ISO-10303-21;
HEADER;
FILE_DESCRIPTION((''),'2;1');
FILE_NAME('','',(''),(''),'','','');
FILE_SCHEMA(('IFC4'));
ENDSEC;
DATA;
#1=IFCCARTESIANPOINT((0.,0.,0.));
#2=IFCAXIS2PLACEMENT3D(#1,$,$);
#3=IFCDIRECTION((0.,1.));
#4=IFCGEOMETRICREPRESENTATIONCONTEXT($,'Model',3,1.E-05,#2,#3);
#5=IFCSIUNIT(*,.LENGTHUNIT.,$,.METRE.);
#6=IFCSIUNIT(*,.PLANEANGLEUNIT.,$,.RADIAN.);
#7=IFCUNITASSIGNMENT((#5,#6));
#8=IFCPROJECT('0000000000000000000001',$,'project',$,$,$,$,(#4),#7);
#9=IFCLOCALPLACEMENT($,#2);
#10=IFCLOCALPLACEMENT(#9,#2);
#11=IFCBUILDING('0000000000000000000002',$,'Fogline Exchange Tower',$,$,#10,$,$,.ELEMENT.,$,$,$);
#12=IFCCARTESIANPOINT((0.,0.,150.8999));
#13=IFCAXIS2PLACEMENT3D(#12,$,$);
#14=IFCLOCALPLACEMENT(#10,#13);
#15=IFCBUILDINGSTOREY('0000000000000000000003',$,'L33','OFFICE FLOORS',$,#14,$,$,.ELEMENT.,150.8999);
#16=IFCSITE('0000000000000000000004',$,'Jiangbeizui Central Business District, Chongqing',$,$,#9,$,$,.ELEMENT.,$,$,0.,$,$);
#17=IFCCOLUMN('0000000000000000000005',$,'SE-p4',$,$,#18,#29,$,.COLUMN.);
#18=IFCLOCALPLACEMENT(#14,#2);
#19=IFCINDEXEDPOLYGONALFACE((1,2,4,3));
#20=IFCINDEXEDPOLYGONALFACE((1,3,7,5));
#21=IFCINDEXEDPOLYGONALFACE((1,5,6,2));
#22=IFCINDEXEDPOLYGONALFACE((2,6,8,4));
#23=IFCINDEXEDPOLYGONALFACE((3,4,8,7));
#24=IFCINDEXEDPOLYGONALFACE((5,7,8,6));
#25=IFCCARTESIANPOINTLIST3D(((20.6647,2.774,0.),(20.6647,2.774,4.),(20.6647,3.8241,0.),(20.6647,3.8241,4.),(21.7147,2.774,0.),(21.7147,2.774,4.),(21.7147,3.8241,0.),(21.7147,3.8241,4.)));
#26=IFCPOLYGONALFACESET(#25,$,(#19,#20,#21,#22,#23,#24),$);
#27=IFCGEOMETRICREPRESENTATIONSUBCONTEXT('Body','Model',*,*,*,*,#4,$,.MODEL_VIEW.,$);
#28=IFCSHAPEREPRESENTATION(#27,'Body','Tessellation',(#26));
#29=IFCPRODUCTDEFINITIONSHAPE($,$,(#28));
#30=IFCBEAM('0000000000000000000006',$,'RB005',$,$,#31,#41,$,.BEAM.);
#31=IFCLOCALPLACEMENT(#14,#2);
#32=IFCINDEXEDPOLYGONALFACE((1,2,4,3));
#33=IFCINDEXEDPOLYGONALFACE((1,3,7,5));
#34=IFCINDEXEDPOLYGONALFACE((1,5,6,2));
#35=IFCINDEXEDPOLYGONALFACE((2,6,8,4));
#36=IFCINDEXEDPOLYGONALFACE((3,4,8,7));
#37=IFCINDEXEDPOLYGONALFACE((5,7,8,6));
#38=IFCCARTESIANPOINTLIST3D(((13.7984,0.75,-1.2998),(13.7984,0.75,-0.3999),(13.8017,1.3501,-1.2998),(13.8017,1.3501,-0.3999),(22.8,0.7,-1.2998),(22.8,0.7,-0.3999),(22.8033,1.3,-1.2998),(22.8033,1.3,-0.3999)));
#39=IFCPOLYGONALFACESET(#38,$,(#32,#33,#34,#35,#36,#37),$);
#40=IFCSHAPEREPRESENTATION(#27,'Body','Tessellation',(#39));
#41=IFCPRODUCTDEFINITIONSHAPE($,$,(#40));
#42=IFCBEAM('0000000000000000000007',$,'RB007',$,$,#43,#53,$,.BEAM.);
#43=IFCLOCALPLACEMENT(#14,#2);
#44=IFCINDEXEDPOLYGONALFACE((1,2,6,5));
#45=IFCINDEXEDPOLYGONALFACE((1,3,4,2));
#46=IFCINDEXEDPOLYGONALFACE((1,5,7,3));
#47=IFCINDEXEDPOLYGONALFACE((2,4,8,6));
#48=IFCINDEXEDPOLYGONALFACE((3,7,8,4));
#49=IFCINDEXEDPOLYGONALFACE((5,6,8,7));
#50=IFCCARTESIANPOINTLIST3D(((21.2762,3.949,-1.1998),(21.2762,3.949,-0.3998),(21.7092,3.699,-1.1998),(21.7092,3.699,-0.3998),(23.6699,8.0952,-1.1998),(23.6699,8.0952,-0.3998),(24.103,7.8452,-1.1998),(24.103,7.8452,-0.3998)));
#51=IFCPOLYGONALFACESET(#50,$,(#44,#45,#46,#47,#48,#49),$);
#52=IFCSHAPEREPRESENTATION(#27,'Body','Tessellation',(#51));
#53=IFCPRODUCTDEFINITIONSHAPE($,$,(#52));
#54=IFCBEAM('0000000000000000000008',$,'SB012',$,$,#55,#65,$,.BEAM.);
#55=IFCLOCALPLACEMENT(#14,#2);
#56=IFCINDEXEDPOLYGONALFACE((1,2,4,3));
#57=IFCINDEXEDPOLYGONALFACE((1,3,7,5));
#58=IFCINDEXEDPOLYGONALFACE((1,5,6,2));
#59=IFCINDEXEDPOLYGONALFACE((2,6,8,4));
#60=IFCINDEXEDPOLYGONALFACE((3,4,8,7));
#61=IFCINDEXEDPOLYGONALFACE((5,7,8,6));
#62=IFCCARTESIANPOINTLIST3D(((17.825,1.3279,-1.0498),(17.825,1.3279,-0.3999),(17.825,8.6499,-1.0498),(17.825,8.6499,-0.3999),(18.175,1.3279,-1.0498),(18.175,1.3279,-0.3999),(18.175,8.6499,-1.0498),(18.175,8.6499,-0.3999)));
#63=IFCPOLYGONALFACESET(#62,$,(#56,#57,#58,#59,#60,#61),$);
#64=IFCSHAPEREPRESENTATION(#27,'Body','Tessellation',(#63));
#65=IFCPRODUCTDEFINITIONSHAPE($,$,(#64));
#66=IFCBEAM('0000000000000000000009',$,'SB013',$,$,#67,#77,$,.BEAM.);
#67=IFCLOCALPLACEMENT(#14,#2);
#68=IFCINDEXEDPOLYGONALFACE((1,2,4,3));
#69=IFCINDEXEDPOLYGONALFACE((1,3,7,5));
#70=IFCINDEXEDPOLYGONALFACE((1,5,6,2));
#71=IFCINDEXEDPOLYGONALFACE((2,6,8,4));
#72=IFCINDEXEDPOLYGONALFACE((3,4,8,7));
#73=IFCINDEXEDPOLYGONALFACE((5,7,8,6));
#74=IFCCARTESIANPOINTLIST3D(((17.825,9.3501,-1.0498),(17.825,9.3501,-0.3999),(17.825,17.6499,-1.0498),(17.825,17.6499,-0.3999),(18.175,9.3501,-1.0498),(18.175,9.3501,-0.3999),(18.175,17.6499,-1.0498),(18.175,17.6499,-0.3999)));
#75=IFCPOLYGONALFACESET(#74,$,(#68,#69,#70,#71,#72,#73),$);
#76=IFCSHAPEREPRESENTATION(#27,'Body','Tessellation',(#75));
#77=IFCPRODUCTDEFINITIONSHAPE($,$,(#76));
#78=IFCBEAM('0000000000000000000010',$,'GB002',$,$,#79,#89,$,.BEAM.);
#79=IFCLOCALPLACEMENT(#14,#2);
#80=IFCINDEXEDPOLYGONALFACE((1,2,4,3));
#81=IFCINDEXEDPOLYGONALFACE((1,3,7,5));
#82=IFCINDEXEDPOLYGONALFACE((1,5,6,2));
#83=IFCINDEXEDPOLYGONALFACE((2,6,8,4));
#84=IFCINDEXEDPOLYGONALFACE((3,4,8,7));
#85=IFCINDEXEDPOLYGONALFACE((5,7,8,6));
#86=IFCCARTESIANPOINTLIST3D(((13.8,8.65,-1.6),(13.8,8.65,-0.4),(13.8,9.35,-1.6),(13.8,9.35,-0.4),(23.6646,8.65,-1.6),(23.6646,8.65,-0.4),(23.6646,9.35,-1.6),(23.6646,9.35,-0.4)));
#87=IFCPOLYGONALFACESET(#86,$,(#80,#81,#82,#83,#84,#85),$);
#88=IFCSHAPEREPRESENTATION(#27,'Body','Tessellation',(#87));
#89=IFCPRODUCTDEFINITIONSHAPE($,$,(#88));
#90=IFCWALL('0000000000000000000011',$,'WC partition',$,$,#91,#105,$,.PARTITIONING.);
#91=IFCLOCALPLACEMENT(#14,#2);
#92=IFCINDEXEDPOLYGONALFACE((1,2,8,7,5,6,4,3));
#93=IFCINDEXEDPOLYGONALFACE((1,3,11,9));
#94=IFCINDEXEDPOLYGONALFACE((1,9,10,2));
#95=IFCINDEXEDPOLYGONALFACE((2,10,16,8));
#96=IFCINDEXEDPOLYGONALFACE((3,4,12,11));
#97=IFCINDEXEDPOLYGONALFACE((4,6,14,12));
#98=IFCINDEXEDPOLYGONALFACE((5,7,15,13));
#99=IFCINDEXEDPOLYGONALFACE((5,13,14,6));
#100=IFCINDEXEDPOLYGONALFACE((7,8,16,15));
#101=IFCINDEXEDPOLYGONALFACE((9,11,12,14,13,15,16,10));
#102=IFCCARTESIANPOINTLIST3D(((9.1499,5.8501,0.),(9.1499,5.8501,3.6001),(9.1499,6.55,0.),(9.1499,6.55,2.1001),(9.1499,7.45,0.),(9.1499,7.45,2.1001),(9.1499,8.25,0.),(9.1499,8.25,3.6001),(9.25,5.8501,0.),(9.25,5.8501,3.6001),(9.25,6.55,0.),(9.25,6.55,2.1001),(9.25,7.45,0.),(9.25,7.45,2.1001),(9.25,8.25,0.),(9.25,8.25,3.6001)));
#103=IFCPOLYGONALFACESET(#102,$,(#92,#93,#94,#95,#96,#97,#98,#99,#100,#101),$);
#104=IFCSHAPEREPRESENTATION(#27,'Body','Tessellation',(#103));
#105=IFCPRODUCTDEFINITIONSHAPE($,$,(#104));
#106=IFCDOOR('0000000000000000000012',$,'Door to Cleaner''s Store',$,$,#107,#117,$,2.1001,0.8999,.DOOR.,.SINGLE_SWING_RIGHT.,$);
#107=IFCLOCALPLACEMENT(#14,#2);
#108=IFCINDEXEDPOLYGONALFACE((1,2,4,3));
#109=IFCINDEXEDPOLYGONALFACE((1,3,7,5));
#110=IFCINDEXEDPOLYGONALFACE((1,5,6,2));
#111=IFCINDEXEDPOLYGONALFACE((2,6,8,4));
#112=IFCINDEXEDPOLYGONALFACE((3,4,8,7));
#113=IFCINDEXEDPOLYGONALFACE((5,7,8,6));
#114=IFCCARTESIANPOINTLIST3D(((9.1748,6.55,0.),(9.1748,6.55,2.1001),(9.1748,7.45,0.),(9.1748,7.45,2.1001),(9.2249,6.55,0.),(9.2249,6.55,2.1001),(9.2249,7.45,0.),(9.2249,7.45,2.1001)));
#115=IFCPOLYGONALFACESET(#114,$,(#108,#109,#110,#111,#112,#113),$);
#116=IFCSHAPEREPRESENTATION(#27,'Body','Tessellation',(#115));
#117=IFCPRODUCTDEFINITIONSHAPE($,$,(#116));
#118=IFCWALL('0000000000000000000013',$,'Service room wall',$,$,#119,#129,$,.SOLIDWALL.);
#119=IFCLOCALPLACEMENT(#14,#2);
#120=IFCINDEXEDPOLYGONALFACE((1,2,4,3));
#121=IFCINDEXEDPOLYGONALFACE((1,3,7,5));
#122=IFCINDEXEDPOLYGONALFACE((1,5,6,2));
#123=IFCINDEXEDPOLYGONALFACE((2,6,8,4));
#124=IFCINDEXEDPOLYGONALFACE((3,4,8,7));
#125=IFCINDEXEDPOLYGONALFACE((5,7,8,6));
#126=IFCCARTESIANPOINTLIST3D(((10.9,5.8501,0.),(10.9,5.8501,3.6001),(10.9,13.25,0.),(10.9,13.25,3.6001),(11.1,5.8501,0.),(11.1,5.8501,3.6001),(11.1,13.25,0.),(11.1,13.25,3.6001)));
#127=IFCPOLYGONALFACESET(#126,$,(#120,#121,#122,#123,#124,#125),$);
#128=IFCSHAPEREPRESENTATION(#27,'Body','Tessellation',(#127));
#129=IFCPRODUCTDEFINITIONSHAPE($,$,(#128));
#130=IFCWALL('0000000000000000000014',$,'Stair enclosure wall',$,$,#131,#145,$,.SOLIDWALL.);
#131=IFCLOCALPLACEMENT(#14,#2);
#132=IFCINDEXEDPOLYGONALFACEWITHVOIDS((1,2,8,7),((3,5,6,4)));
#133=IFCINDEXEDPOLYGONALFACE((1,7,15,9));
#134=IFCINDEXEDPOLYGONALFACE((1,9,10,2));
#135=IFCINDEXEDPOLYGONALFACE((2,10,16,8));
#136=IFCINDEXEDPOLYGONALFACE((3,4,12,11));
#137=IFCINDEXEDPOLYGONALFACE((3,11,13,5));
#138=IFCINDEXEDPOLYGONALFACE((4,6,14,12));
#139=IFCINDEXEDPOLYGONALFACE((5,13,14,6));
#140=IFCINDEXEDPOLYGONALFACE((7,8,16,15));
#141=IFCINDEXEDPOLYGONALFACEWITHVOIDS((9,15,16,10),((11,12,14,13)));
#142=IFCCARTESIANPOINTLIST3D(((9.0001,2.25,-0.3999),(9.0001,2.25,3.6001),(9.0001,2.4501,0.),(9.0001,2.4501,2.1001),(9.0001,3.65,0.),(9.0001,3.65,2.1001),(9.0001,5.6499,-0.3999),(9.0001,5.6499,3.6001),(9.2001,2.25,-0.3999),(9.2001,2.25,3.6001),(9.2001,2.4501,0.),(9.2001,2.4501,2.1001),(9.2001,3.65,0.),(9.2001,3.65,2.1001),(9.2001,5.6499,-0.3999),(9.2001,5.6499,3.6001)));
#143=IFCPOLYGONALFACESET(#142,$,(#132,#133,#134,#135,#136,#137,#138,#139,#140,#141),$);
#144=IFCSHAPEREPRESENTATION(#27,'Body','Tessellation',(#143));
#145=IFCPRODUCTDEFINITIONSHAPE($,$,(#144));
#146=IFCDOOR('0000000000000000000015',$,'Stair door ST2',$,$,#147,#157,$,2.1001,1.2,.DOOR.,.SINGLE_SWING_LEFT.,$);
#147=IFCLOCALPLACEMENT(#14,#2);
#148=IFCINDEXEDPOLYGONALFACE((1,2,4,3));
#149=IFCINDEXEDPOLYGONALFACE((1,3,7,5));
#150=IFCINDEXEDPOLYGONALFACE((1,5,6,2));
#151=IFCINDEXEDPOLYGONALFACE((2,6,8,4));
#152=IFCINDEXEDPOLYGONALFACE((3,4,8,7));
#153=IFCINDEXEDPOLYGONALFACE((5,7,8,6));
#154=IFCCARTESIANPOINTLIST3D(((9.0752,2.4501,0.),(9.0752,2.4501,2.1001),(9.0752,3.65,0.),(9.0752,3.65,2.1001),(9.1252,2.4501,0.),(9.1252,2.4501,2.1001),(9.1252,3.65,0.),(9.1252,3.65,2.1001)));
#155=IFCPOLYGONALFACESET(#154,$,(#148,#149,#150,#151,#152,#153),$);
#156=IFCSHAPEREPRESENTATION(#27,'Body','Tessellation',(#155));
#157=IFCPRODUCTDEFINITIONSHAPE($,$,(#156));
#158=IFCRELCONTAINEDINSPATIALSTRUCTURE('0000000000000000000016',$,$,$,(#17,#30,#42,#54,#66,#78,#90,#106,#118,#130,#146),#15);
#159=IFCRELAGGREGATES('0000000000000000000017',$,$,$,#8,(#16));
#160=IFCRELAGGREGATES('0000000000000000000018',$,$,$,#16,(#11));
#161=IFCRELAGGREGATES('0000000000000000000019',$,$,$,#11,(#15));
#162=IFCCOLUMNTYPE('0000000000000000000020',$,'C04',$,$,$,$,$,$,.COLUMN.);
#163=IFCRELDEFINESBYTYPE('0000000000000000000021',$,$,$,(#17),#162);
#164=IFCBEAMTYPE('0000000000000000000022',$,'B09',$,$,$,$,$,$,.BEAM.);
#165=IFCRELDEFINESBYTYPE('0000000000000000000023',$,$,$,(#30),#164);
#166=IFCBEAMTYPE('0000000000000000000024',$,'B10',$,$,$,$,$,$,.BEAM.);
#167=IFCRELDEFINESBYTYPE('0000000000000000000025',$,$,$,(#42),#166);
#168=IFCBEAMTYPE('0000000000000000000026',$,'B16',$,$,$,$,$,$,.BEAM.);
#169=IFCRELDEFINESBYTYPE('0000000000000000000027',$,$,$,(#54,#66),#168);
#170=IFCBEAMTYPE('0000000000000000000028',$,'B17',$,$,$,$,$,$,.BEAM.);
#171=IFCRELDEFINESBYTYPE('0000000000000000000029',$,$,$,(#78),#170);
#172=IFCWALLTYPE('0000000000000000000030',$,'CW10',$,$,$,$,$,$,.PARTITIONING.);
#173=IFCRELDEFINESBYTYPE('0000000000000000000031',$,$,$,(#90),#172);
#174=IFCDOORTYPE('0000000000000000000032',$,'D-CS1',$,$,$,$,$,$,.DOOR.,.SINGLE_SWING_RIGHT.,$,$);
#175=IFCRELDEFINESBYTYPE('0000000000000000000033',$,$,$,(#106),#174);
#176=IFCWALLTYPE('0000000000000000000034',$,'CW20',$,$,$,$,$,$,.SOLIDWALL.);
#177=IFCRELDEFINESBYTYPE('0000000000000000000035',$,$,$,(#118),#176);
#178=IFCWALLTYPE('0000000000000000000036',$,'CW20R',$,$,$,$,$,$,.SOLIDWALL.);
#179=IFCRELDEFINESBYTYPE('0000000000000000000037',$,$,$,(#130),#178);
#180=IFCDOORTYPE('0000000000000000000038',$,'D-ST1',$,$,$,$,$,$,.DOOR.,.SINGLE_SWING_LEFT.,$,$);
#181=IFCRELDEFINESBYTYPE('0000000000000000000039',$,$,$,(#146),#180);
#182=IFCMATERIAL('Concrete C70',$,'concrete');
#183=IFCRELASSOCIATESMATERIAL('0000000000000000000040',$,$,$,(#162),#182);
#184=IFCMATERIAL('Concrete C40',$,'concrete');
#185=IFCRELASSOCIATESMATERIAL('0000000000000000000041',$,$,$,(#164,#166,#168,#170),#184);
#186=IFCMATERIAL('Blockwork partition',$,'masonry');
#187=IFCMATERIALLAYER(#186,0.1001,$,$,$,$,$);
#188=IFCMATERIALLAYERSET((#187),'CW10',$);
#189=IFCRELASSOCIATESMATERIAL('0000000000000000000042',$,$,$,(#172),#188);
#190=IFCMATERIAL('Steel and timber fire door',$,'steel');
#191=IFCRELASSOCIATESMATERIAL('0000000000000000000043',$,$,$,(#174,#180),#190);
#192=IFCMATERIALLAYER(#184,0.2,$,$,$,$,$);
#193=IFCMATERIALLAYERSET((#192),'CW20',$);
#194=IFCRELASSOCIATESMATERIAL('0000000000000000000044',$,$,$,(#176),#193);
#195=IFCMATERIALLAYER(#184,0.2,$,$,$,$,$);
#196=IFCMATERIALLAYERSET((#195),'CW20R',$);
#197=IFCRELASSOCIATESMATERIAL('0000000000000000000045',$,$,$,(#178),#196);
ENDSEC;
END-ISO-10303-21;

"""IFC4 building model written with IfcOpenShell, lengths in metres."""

from ifc_helpers import new_model, si_unit, direction, frame, frame_2d, origin, origin_2d, place, context, subcontext, project, spatial, rectangle, extrude, material, layer, layer_set, material_profile, profile_set, type_object, element, fill, save


model = new_model("IFC4")

# Units and contexts
model_context = context("Model", 3, precision=1e-05, world=origin(), true_north=direction((0.0, 1.0)))
body_context = subcontext(model_context, "Body", "Model", "MODEL_VIEW")
ifc_project = project(units=[si_unit("LENGTHUNIT", "METRE"), si_unit("PLANEANGLEUNIT", "RADIAN")], contexts=[model_context])

# Site, building, storey
site_placement = place(None, origin())
site = spatial("IfcSite", under=ifc_project, at=site_placement, Name="Jiangbeizui Central Business District, Chongqing", CompositionType="ELEMENT", RefElevation=0.0)
building_placement = place(site_placement, origin())
building = spatial("IfcBuilding", under=site, at=building_placement, Name="Fogline Exchange Tower", CompositionType="ELEMENT")
storey_placement = place(building_placement, frame((0.0, 0.0, 150.8999)))
storey = spatial("IfcBuildingStorey", under=building, at=storey_placement, Name="L33", Description="OFFICE FLOORS", CompositionType="ELEMENT", Elevation=150.8999)

# Column
ifc_material_1 = material(Name="Concrete C70", Category="concrete")
ifc_material_profile_1 = material_profile(ifc_material_1, rectangle(XDim=1.05, YDim=1.05, at=origin_2d()), Name="RC 1050x1050")
ifc_profile_set_1 = profile_set([ifc_material_profile_1], Name="Concrete C70")
column_type = type_object("IfcColumnType", Name="C04", PredefinedType="COLUMN", material=ifc_profile_set_1)
column_placement = place(storey_placement, frame((21.1897, 3.2991, 0.0), z_axis=(0.0, 0.0, 1.0), x_axis=(1.0, 0.0, 0.0)))
element("IfcColumn", 1, at=column_placement, inside=storey, type_object=column_type, Name="SE-p4", PredefinedType="COLUMN", context=body_context, shape_type="SweptSolid", body=[
    extrude(rectangle(XDim=1.05, YDim=1.05, at=origin_2d()), origin(), (0.0, 0.0, 1.0), 4.0),
])

# Beams
ifc_material_2 = material(Name="Concrete C40", Category="concrete")
ifc_material_profile_2 = material_profile(ifc_material_2, rectangle(XDim=0.6001, YDim=0.8999, at=origin_2d()), Name="RC 600x900")
ifc_profile_set_2 = profile_set([ifc_material_profile_2], Name="Concrete C40")
beam_type_1 = type_object("IfcBeamType", Name="B09", PredefinedType="BEAM", material=ifc_profile_set_2)
beam_1_placement = place(storey_placement, frame((13.8, 1.05, -0.8499), z_axis=(0.999985, -0.00556, 0.0), x_axis=(0.00556, 0.999985, 0.0)))
element("IfcBeam", 2, at=beam_1_placement, inside=storey, type_object=beam_type_1, Name="RB005", PredefinedType="BEAM", context=body_context, shape_type="SweptSolid", body=[
    extrude(rectangle(XDim=0.6001, YDim=0.8999, at=origin_2d()), origin(), (0.0, 0.0, 1.0), 9.0017),
])
ifc_material_profile_3 = material_profile(ifc_material_2, rectangle(XDim=0.5, YDim=0.8, at=origin_2d()), Name="RC 500x800")
ifc_profile_set_3 = profile_set([ifc_material_profile_3], Name="Concrete C40")
beam_type_2 = type_object("IfcBeamType", Name="B10", PredefinedType="BEAM", material=ifc_profile_set_3)
beam_2_placement = place(storey_placement, frame((21.4927, 3.824, -0.7998), z_axis=(0.499995, 0.866028, 0.0), x_axis=(-0.866028, 0.499995, 0.0)))
element("IfcBeam", 3, at=beam_2_placement, inside=storey, type_object=beam_type_2, Name="RB007", PredefinedType="BEAM", context=body_context, shape_type="SweptSolid", body=[
    extrude(rectangle(XDim=0.5, YDim=0.8, at=origin_2d()), origin(), (0.0, 0.0, 1.0), 4.7876),
])
ifc_material_profile_4 = material_profile(ifc_material_2, rectangle(XDim=0.3501, YDim=0.6499, at=origin_2d()), Name="RC 350x650")
ifc_profile_set_4 = profile_set([ifc_material_profile_4], Name="Concrete C40")
beam_type_3 = type_object("IfcBeamType", Name="B16", PredefinedType="BEAM", material=ifc_profile_set_4)
beam_3_placement = place(storey_placement, frame((18.0, 1.3279, -0.7249), z_axis=(0.0, 1.0, 0.0), x_axis=(-1.0, 0.0, 0.0)))
element("IfcBeam", 4, at=beam_3_placement, inside=storey, type_object=beam_type_3, Name="SB012", PredefinedType="BEAM", context=body_context, shape_type="SweptSolid", body=[
    extrude(rectangle(XDim=0.3501, YDim=0.6499, at=origin_2d()), origin(), (0.0, 0.0, 1.0), 7.322),
])
beam_4_placement = place(storey_placement, frame((18.0, 9.3501, -0.7249), z_axis=(0.0, 1.0, 0.0), x_axis=(-1.0, 0.0, 0.0)))
element("IfcBeam", 5, at=beam_4_placement, inside=storey, type_object=beam_type_3, Name="SB013", PredefinedType="BEAM", context=body_context, shape_type="SweptSolid", body=[
    extrude(rectangle(XDim=0.3501, YDim=0.6499, at=origin_2d()), origin(), (0.0, 0.0, 1.0), 8.2998),
])
ifc_material_profile_5 = material_profile(ifc_material_2, rectangle(XDim=0.7, YDim=1.2, at=origin_2d()), Name="RC 700x1200")
ifc_profile_set_5 = profile_set([ifc_material_profile_5], Name="Concrete C40")
beam_type_4 = type_object("IfcBeamType", Name="B17", PredefinedType="BEAM", material=ifc_profile_set_5)
beam_5_placement = place(storey_placement, frame((13.8, 9.0, -1.0), z_axis=(1.0, 0.0, 0.0), x_axis=(0.0, 1.0, 0.0)))
element("IfcBeam", 6, at=beam_5_placement, inside=storey, type_object=beam_type_4, Name="GB002", PredefinedType="BEAM", context=body_context, shape_type="SweptSolid", body=[
    extrude(rectangle(XDim=0.7, YDim=1.2, at=origin_2d()), origin(), (0.0, 0.0, 1.0), 9.8645),
])

# Wall, opening, door
ifc_material_3 = material(Name="Blockwork partition", Category="masonry")
ifc_layer_1 = layer(ifc_material_3, 0.1001)
ifc_layer_set_1 = layer_set([ifc_layer_1], Name="CW10")
wall_type_1 = type_object("IfcWallType", Name="CW10", PredefinedType="PARTITIONING", material=ifc_layer_set_1)
wall_1_placement = place(storey_placement, frame((9.2, 5.8501, 0.0), z_axis=(0.0, 0.0, 1.0), x_axis=(0.0, 1.0, 0.0)))
wall_1 = element("IfcWall", 7, at=wall_1_placement, inside=storey, type_object=wall_type_1, Name="WC partition", PredefinedType="PARTITIONING", context=body_context, shape_type="SweptSolid", body=[
    extrude(rectangle(XDim=2.3999, YDim=0.1001, at=frame_2d((1.2, 0.0))), origin(), (0.0, 0.0, 1.0), 3.6001),
])
opening_1_placement = place(wall_1_placement, frame((0.7, 0.0, 0.0)))
opening_1 = element("IfcOpeningElement", 8, at=opening_1_placement, cuts=wall_1, PredefinedType="OPENING", context=body_context, shape_type="SweptSolid", body=[
    extrude(rectangle(XDim=0.8999, YDim=2.1001, at=frame_2d((0.45, 1.05))), frame((0.0, 0.0601, 0.0), z_axis=(0.0, -1.0, 0.0), x_axis=(1.0, 0.0, 0.0)), (0.0, 0.0, 1.0), 0.1201),
])
ifc_material_4 = material(Name="Steel and timber fire door", Category="steel")
door_type_1 = type_object("IfcDoorType", Name="D-CS1", OperationType="SINGLE_SWING_RIGHT", PredefinedType="DOOR", material=ifc_material_4)
door_1_placement = place(opening_1_placement, frame((0.8999, 0.0, 0.0), z_axis=(0.0, 0.0, 1.0), x_axis=(-1.0, 0.0, 0.0)))
door_1 = element("IfcDoor", 9, at=door_1_placement, inside=storey, type_object=door_type_1, Name="Door to Cleaner's Store", OperationType="SINGLE_SWING_RIGHT", OverallHeight=2.1001, OverallWidth=0.8999, PredefinedType="DOOR", context=body_context, shape_type="SweptSolid", body=[
    extrude(rectangle(XDim=0.8999, YDim=2.1001, at=frame_2d((0.45, 1.05))), frame((0.0, 0.0249, 0.0), z_axis=(0.0, -1.0, 0.0), x_axis=(1.0, 0.0, 0.0)), (0.0, 0.0, 1.0), 0.05),
])
fill(opening_1, door_1)

# Wall
ifc_layer_2 = layer(ifc_material_2, 0.2)
ifc_layer_set_2 = layer_set([ifc_layer_2], Name="CW20")
wall_type_2 = type_object("IfcWallType", Name="CW20", PredefinedType="SOLIDWALL", material=ifc_layer_set_2)
wall_2_placement = place(storey_placement, frame((11.0, 5.8501, 0.0), z_axis=(0.0, 0.0, 1.0), x_axis=(0.0, 1.0, 0.0)))
element("IfcWall", 10, at=wall_2_placement, inside=storey, type_object=wall_type_2, Name="Service room wall", PredefinedType="SOLIDWALL", context=body_context, shape_type="SweptSolid", body=[
    extrude(rectangle(XDim=7.3999, YDim=0.2, at=frame_2d((3.7, 0.0))), origin(), (0.0, 0.0, 1.0), 3.6001),
])

# Wall, opening, door
ifc_layer_3 = layer(ifc_material_2, 0.2)
ifc_layer_set_3 = layer_set([ifc_layer_3], Name="CW20R")
wall_type_3 = type_object("IfcWallType", Name="CW20R", PredefinedType="SOLIDWALL", material=ifc_layer_set_3)
wall_3_placement = place(storey_placement, frame((9.1001, 2.25, -0.3999), z_axis=(0.0, 0.0, 1.0), x_axis=(0.0, 1.0, 0.0)))
wall_3 = element("IfcWall", 11, at=wall_3_placement, inside=storey, type_object=wall_type_3, Name="Stair enclosure wall", PredefinedType="SOLIDWALL", context=body_context, shape_type="SweptSolid", body=[
    extrude(rectangle(XDim=3.3999, YDim=0.2, at=frame_2d((1.7, 0.0))), origin(), (0.0, 0.0, 1.0), 4.0),
])
opening_2_placement = place(wall_3_placement, frame((0.2, 0.0, 0.3999)))
opening_2 = element("IfcOpeningElement", 12, at=opening_2_placement, cuts=wall_3, PredefinedType="OPENING", context=body_context, shape_type="SweptSolid", body=[
    extrude(rectangle(XDim=1.2, YDim=2.1001, at=frame_2d((0.6001, 1.05))), frame((0.0, 0.1099, 0.0), z_axis=(0.0, -1.0, 0.0), x_axis=(1.0, 0.0, 0.0)), (0.0, 0.0, 1.0), 0.22),
])
door_type_2 = type_object("IfcDoorType", Name="D-ST1", OperationType="SINGLE_SWING_LEFT", PredefinedType="DOOR", material=ifc_material_4)
door_2_placement = place(opening_2_placement, origin())
door_2 = element("IfcDoor", 13, at=door_2_placement, inside=storey, type_object=door_type_2, Name="Stair door ST2", OperationType="SINGLE_SWING_LEFT", OverallHeight=2.1001, OverallWidth=1.2, PredefinedType="DOOR", context=body_context, shape_type="SweptSolid", body=[
    extrude(rectangle(XDim=1.2, YDim=2.1001, at=frame_2d((0.6001, 1.05))), frame((0.0, 0.0249, 0.0), z_axis=(0.0, -1.0, 0.0), x_axis=(1.0, 0.0, 0.0)), (0.0, 0.0, 1.0), 0.05),
])
fill(opening_2, door_2)

save(model, "model.ifc")
